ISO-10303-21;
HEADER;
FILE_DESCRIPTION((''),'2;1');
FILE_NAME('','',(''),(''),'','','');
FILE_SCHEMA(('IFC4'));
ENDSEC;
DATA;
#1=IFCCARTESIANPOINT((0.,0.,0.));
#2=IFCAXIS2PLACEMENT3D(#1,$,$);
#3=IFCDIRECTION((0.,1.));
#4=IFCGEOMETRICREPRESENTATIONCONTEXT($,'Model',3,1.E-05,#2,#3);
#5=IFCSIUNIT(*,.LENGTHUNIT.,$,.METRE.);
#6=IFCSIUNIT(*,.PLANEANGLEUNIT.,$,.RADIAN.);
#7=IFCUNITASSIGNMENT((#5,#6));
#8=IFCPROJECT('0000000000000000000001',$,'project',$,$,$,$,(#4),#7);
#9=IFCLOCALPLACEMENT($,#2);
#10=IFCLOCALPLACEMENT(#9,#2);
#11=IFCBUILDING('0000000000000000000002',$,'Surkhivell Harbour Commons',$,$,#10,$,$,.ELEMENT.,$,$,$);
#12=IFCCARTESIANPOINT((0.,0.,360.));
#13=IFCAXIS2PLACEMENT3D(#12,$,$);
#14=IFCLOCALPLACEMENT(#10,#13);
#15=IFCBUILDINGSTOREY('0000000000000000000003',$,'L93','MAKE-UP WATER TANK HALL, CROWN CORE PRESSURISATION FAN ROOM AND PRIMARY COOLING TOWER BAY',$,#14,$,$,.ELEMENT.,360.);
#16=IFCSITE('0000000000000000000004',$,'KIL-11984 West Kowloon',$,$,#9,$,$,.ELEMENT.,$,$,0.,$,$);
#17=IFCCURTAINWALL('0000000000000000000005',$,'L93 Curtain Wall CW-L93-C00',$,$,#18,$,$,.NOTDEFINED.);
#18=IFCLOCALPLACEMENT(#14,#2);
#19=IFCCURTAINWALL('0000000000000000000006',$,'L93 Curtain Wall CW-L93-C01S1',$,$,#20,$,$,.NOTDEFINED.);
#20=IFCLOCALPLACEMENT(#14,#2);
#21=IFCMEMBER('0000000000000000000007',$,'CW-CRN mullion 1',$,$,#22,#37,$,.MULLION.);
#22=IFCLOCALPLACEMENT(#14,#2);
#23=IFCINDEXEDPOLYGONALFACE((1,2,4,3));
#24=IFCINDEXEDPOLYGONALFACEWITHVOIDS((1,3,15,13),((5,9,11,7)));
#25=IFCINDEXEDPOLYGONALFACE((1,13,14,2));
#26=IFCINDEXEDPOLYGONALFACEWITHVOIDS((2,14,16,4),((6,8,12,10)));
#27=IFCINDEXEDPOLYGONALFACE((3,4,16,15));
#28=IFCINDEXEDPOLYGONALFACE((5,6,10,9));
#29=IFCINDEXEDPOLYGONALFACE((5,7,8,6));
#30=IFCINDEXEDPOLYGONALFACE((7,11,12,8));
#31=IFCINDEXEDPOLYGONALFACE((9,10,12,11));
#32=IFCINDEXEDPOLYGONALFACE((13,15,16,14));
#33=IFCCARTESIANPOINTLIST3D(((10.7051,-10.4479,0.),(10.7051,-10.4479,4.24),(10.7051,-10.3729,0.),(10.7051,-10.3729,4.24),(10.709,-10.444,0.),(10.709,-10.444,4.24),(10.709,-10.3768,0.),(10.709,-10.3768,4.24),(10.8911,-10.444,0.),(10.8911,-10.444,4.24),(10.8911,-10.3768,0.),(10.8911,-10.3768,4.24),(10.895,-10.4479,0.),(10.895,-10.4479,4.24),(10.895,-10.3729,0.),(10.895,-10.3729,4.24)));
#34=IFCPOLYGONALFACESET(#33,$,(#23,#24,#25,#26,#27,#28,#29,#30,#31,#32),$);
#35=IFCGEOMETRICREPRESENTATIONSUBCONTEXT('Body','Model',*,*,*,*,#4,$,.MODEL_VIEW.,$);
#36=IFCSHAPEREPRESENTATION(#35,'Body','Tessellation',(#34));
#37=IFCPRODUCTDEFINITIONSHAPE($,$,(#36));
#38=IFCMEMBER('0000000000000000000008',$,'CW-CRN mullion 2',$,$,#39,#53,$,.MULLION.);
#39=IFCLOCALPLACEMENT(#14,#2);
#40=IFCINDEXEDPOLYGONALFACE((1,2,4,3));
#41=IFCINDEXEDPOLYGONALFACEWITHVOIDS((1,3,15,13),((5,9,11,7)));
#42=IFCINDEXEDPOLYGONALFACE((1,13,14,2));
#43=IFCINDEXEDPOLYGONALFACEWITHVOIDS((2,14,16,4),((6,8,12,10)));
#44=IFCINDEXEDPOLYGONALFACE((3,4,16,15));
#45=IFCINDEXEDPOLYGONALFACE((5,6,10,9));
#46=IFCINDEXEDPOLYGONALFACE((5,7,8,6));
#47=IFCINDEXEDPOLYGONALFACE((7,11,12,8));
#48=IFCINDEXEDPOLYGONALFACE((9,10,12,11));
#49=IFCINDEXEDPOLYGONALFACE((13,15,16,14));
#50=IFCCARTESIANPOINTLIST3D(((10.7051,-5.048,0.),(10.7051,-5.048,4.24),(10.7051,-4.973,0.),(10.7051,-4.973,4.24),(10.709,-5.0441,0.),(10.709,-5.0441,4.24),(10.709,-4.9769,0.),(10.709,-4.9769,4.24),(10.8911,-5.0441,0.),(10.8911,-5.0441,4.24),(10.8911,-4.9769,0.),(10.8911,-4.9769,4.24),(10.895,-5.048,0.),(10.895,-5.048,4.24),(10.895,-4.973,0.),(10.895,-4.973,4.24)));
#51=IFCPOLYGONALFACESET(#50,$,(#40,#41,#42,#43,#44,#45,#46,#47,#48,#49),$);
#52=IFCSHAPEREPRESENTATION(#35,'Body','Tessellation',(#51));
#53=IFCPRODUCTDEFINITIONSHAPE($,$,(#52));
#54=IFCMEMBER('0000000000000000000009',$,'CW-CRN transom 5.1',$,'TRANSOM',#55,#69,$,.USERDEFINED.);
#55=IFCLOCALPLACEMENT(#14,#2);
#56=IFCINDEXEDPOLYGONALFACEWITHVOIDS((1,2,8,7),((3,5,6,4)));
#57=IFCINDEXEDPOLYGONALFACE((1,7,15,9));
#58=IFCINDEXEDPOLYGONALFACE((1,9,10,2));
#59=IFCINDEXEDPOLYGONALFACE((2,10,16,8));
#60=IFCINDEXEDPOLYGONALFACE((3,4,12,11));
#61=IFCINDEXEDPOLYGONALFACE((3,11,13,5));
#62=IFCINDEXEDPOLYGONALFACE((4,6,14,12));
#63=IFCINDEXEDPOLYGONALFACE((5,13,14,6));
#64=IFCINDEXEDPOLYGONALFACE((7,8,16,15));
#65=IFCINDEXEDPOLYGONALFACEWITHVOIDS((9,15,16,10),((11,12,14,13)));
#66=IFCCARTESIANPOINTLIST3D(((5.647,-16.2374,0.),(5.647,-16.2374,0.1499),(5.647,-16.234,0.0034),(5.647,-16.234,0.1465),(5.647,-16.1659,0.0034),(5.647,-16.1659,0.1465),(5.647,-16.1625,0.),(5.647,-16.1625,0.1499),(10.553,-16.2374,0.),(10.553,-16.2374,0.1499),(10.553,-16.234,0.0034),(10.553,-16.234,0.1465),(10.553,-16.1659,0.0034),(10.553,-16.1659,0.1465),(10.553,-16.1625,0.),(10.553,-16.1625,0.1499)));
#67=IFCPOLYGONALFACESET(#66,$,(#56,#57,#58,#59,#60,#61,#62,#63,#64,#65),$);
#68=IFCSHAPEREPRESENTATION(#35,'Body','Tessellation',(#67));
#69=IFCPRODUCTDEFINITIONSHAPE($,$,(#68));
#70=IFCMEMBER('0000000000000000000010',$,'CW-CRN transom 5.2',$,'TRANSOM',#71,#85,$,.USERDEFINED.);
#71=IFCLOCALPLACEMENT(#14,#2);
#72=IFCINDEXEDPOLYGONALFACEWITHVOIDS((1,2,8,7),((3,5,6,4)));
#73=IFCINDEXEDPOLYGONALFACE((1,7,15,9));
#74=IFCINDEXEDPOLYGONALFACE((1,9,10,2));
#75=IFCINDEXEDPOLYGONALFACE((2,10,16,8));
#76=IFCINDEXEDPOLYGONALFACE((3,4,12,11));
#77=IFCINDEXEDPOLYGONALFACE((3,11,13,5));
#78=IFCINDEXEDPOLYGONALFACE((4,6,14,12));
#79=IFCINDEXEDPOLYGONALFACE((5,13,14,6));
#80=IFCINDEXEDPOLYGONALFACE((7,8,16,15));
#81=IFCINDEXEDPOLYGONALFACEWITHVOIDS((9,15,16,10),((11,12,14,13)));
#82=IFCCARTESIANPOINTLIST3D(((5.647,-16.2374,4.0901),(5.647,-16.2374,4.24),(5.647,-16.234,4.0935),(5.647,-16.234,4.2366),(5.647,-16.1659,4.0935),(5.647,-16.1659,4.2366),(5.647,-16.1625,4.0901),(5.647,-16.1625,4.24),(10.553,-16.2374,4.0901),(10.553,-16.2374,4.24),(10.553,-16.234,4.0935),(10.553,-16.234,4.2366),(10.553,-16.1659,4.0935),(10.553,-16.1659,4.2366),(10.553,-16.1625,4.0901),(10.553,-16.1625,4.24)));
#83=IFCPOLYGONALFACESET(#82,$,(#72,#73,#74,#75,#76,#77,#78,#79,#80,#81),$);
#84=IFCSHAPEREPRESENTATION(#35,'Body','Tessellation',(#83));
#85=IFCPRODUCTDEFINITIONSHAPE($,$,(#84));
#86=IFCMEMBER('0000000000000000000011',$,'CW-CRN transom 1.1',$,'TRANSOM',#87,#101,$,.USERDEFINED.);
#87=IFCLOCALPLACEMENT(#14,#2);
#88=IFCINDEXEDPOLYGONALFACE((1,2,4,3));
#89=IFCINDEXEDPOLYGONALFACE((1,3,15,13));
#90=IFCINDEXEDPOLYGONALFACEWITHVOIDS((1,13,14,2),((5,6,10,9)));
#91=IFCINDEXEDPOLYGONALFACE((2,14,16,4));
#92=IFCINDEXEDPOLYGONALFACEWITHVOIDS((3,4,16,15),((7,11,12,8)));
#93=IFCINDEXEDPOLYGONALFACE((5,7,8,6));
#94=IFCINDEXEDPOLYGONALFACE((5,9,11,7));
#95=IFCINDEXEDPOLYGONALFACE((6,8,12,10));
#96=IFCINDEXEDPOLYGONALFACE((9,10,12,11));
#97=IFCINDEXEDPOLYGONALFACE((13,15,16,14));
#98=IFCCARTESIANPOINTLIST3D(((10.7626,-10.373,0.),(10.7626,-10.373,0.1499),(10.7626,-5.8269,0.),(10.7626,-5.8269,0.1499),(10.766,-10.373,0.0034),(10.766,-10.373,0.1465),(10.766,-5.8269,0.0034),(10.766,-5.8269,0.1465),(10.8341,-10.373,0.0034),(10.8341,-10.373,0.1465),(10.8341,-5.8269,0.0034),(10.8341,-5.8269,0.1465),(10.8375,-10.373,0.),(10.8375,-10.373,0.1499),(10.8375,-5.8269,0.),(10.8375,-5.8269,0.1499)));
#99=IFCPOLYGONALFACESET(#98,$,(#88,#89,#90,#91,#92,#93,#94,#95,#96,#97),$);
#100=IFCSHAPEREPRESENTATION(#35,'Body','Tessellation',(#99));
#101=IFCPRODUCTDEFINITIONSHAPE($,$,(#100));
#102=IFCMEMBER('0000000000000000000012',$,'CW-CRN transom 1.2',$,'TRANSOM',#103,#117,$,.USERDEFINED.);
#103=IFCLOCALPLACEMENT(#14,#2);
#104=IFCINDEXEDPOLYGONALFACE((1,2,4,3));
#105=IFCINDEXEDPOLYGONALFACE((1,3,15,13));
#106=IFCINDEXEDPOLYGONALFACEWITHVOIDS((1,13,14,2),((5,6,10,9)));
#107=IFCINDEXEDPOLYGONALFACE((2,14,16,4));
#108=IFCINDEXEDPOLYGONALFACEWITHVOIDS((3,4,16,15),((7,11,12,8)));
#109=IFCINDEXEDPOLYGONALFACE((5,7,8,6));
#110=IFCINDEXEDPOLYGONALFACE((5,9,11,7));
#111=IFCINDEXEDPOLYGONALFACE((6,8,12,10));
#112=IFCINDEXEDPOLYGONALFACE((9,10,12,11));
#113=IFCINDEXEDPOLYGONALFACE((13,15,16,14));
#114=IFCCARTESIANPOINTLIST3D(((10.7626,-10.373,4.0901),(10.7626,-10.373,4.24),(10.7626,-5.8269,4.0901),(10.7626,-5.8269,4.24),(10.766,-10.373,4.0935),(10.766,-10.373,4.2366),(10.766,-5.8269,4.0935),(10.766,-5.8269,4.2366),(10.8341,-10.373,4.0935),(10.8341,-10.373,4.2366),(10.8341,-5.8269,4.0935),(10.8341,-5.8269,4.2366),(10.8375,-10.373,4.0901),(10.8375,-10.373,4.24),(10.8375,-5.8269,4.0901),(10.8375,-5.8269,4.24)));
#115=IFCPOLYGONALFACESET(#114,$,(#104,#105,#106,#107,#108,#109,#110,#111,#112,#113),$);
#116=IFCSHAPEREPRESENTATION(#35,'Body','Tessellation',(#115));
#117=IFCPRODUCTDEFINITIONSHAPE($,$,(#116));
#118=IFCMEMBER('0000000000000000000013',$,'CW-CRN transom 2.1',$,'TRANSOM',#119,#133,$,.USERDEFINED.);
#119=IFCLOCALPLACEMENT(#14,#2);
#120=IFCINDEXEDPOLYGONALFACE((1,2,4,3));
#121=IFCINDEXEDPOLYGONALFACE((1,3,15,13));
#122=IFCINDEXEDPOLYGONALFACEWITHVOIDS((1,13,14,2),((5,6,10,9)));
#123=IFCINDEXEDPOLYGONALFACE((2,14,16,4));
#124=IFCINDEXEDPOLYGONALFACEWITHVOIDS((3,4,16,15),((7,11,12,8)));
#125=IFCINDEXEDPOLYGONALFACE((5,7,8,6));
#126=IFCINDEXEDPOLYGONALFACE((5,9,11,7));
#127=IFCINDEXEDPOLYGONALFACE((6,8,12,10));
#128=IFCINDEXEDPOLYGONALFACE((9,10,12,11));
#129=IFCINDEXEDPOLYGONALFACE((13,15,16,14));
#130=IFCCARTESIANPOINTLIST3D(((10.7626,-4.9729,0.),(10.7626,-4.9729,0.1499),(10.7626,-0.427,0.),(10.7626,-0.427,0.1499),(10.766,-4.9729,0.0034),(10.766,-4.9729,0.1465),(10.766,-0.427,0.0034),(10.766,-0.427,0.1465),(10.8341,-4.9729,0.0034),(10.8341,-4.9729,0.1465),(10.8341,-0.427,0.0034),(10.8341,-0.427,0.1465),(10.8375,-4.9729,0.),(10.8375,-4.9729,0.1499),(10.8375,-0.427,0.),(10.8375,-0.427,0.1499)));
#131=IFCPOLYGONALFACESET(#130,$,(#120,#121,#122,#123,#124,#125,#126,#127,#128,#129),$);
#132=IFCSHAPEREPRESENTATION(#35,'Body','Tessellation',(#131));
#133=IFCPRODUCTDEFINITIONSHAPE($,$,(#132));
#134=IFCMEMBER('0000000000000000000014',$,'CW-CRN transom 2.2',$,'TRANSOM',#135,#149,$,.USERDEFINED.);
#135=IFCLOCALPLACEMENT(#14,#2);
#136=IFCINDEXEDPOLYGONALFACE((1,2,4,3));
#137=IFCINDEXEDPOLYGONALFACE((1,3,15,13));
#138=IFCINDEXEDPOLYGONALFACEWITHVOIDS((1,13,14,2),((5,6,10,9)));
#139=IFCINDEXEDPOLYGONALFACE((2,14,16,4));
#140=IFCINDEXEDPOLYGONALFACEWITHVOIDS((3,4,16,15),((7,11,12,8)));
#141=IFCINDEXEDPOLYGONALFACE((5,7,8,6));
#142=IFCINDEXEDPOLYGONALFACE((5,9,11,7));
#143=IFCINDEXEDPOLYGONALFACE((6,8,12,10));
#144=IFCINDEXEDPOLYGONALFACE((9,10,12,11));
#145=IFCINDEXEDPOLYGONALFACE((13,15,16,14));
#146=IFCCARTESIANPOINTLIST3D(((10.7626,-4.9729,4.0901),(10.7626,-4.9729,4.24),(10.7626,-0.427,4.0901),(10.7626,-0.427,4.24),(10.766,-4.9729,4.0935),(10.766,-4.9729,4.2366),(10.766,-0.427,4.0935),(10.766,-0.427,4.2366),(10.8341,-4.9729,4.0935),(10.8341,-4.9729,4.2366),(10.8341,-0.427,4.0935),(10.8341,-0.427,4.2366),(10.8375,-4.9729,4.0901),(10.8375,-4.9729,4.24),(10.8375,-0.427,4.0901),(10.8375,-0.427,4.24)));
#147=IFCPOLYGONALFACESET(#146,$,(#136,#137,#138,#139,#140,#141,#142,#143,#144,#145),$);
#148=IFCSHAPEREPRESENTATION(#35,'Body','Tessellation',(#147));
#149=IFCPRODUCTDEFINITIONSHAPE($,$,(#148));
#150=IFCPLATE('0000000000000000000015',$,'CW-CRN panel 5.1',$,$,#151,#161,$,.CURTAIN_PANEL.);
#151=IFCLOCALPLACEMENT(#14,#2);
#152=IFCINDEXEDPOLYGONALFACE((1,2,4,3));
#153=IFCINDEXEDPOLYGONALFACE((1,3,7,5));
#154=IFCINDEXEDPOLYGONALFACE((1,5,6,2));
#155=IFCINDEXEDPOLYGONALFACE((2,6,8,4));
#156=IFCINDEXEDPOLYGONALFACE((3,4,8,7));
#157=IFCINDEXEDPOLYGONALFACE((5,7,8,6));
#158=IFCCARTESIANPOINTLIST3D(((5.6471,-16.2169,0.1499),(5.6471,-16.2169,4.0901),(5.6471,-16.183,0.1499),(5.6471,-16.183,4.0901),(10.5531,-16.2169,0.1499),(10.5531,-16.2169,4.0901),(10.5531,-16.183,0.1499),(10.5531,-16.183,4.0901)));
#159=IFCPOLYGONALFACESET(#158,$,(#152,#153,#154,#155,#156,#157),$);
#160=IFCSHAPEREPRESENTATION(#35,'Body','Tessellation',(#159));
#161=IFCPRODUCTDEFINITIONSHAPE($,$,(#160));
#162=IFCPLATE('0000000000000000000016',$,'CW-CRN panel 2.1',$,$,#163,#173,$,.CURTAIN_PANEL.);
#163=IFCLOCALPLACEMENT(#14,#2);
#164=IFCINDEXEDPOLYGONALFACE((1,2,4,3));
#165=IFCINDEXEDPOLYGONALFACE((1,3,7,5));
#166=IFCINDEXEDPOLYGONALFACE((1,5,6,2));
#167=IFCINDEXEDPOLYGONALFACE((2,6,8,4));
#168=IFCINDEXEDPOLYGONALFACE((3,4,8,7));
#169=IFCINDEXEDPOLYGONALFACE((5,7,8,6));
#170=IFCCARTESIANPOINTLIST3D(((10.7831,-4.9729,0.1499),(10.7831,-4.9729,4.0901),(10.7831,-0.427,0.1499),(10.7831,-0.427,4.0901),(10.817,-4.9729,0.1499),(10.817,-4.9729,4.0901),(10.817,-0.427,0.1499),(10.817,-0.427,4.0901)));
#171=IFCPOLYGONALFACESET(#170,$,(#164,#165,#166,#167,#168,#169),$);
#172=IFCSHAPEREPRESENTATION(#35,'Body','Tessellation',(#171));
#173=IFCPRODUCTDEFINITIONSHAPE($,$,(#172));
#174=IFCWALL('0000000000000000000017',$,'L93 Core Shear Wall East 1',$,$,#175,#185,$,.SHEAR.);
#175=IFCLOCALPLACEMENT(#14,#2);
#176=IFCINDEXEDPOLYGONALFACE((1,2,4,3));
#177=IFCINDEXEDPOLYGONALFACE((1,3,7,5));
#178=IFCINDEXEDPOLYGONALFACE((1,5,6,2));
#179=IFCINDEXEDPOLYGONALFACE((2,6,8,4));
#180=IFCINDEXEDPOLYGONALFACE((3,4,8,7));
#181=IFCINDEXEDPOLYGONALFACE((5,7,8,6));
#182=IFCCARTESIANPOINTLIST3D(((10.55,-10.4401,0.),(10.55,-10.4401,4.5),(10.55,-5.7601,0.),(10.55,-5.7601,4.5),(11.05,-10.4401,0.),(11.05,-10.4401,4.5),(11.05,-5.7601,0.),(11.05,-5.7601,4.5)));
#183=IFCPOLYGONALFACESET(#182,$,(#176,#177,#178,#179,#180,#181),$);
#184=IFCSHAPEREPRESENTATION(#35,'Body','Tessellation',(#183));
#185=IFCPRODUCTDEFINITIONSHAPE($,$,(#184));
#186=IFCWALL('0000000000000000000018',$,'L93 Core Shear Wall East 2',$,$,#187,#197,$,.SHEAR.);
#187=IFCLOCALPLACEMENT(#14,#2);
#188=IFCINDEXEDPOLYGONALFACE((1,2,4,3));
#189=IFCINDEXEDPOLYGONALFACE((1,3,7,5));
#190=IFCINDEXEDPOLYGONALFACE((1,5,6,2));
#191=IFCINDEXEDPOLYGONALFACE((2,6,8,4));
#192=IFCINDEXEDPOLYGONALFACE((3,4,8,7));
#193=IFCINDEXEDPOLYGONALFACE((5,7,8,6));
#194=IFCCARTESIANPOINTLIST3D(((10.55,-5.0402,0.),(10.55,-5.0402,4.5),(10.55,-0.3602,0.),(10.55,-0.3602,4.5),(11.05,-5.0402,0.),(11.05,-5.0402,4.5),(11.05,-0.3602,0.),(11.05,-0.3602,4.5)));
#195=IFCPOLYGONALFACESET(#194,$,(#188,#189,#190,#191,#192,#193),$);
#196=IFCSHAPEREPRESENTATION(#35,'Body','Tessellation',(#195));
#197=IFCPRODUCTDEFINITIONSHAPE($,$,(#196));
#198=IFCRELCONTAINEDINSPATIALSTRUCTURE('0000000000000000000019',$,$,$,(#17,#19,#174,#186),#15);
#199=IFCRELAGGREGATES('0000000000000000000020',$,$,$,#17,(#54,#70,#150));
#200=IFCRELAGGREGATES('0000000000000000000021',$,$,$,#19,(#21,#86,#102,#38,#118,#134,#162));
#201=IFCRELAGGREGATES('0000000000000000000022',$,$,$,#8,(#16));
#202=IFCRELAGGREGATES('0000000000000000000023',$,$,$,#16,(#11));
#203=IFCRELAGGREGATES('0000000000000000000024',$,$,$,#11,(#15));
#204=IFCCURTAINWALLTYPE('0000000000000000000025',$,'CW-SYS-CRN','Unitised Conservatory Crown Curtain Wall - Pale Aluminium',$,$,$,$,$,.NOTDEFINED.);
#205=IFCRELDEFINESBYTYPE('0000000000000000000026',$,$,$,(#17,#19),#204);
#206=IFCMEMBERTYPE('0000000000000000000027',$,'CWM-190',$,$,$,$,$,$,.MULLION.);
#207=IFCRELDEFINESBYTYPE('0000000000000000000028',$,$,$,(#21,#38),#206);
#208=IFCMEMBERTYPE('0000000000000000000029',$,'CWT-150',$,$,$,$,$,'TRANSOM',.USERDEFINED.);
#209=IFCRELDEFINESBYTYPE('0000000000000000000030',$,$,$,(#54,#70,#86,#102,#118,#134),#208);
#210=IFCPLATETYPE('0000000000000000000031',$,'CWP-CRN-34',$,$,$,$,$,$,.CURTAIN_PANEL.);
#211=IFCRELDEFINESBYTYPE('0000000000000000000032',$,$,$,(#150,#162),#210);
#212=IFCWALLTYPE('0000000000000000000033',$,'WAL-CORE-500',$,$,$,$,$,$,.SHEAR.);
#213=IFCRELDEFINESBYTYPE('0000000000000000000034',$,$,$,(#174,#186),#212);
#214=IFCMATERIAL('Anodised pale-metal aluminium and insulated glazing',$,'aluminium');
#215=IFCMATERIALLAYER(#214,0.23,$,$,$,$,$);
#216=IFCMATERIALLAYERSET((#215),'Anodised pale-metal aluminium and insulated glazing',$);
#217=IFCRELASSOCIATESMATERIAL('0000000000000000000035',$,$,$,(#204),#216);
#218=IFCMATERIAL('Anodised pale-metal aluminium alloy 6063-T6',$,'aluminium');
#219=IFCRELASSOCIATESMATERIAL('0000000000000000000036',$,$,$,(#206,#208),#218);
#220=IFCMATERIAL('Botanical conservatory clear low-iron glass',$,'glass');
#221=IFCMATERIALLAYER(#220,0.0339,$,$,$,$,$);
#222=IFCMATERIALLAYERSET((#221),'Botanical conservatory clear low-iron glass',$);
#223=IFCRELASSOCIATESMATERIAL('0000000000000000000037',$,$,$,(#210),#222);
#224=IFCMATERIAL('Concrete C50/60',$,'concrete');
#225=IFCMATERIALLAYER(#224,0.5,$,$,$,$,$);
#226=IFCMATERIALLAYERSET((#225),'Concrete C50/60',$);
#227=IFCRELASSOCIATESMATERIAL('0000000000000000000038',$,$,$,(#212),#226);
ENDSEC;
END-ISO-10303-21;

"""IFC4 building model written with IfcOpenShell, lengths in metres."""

from ifc_helpers import new_model, si_unit, direction, frame, frame_2d, origin, origin_2d, place, context, subcontext, project, spatial, rectangle, hollow_rectangle, extrude, material, layer, layer_set, material_profile, profile_set, type_object, element, aggregate, save


model = new_model("IFC4")

# Units and contexts
model_context = context("Model", 3, precision=1e-05, world=origin(), true_north=direction((0.0, 1.0)))
body_context = subcontext(model_context, "Body", "Model", "MODEL_VIEW")
ifc_project = project(units=[si_unit("LENGTHUNIT", "METRE"), si_unit("PLANEANGLEUNIT", "RADIAN")], contexts=[model_context])

# Site, building, storey
site_placement = place(None, origin())
site = spatial("IfcSite", under=ifc_project, at=site_placement, Name="KIL-11984 West Kowloon", CompositionType="ELEMENT", RefElevation=0.0)
building_placement = place(site_placement, origin())
building = spatial("IfcBuilding", under=site, at=building_placement, Name="Surkhivell Harbour Commons", CompositionType="ELEMENT")
storey_placement = place(building_placement, frame((0.0, 0.0, 360.0)))
storey = spatial("IfcBuildingStorey", under=building, at=storey_placement, Name="L93", Description="MAKE-UP WATER TANK HALL, CROWN CORE PRESSURISATION FAN ROOM AND PRIMARY COOLING TOWER BAY", CompositionType="ELEMENT", Elevation=360.0)

# Shared definitions
ifc_material_1 = material(Name="Concrete C50/60", Category="concrete")

# Curtain walls, members
ifc_material_2 = material(Name="Anodised pale-metal aluminium and insulated glazing", Category="aluminium")
ifc_layer_1 = layer(ifc_material_2, 0.23)
ifc_layer_set_1 = layer_set([ifc_layer_1], Name="Anodised pale-metal aluminium and insulated glazing")
curtain_wall_type = type_object("IfcCurtainWallType", Name="CW-SYS-CRN", Description="Unitised Conservatory Crown Curtain Wall - Pale Aluminium", PredefinedType="NOTDEFINED", material=ifc_layer_set_1)
curtain_wall_1_placement = place(storey_placement, origin())
curtain_wall_1 = element("IfcCurtainWall", 1, at=curtain_wall_1_placement, inside=storey, type_object=curtain_wall_type, Name="L93 Curtain Wall CW-L93-C00", PredefinedType="NOTDEFINED")
ifc_material_3 = material(Name="Anodised pale-metal aluminium alloy 6063-T6", Category="aluminium")
ifc_material_profile_1 = material_profile(ifc_material_3, hollow_rectangle(XDim=0.075, YDim=0.1899, WallThickness=0.0039, at=origin_2d()), Name="ALU-MULL-75x190")
ifc_profile_set_1 = profile_set([ifc_material_profile_1], Name="Anodised pale-metal aluminium alloy 6063-T6")
member_type_1 = type_object("IfcMemberType", Name="CWM-190", PredefinedType="MULLION", material=ifc_profile_set_1)
curtain_wall_2_placement = place(storey_placement, origin())
curtain_wall_2 = element("IfcCurtainWall", 2, at=curtain_wall_2_placement, inside=storey, type_object=curtain_wall_type, Name="L93 Curtain Wall CW-L93-C01S1", PredefinedType="NOTDEFINED")
member_1_placement = place(storey_placement, frame((10.8, -10.4104, 0.0), z_axis=(0.0, 0.0, 1.0), x_axis=(0.0, 1.0, 0.0)))
member_1 = element("IfcMember", 3, at=member_1_placement, type_object=member_type_1, Name="CW-CRN mullion 1", PredefinedType="MULLION", context=body_context, shape_type="SweptSolid", body=[
    extrude(hollow_rectangle(XDim=0.075, YDim=0.1899, WallThickness=0.0039, at=origin_2d()), origin(), (0.0, 0.0, 1.0), 4.24),
])
member_2_placement = place(storey_placement, frame((10.8, -5.0105, 0.0), z_axis=(0.0, 0.0, 1.0), x_axis=(0.0, 1.0, 0.0)))
member_2 = element("IfcMember", 4, at=member_2_placement, type_object=member_type_1, Name="CW-CRN mullion 2", PredefinedType="MULLION", context=body_context, shape_type="SweptSolid", body=[
    extrude(hollow_rectangle(XDim=0.075, YDim=0.1899, WallThickness=0.0039, at=origin_2d()), origin(), (0.0, 0.0, 1.0), 4.24),
])

# Members
ifc_material_profile_2 = material_profile(ifc_material_3, hollow_rectangle(XDim=0.075, YDim=0.1499, WallThickness=0.0034, at=origin_2d()), Name="ALU-TRAN-75x150")
ifc_profile_set_2 = profile_set([ifc_material_profile_2], Name="Anodised pale-metal aluminium alloy 6063-T6")
member_type_2 = type_object("IfcMemberType", Name="CWT-150", ElementType="TRANSOM", PredefinedType="USERDEFINED", material=ifc_profile_set_2)
member_3_placement = place(storey_placement, frame((5.647, -16.2, 0.075), z_axis=(1.0, 0.0, 0.0), x_axis=(0.0, 1.0, 0.0)))
member_3 = element("IfcMember", 5, at=member_3_placement, type_object=member_type_2, Name="CW-CRN transom 5.1", ObjectType="TRANSOM", PredefinedType="USERDEFINED", context=body_context, shape_type="SweptSolid", body=[
    extrude(hollow_rectangle(XDim=0.075, YDim=0.1499, WallThickness=0.0034, at=origin_2d()), origin(), (0.0, 0.0, 1.0), 4.906),
])
member_4_placement = place(storey_placement, frame((5.647, -16.2, 4.165), z_axis=(1.0, 0.0, 0.0), x_axis=(0.0, 1.0, 0.0)))
member_4 = element("IfcMember", 6, at=member_4_placement, type_object=member_type_2, Name="CW-CRN transom 5.2", ObjectType="TRANSOM", PredefinedType="USERDEFINED", context=body_context, shape_type="SweptSolid", body=[
    extrude(hollow_rectangle(XDim=0.075, YDim=0.1499, WallThickness=0.0034, at=origin_2d()), origin(), (0.0, 0.0, 1.0), 4.906),
])
member_5_placement = place(storey_placement, frame((10.8, -10.373, 0.075), z_axis=(0.0, 1.0, 0.0), x_axis=(-1.0, 0.0, 0.0)))
member_5 = element("IfcMember", 7, at=member_5_placement, type_object=member_type_2, Name="CW-CRN transom 1.1", ObjectType="TRANSOM", PredefinedType="USERDEFINED", context=body_context, shape_type="SweptSolid", body=[
    extrude(hollow_rectangle(XDim=0.075, YDim=0.1499, WallThickness=0.0034, at=origin_2d()), origin(), (0.0, 0.0, 1.0), 4.5461),
])
member_6_placement = place(storey_placement, frame((10.8, -10.373, 4.165), z_axis=(0.0, 1.0, 0.0), x_axis=(-1.0, 0.0, 0.0)))
member_6 = element("IfcMember", 8, at=member_6_placement, type_object=member_type_2, Name="CW-CRN transom 1.2", ObjectType="TRANSOM", PredefinedType="USERDEFINED", context=body_context, shape_type="SweptSolid", body=[
    extrude(hollow_rectangle(XDim=0.075, YDim=0.1499, WallThickness=0.0034, at=origin_2d()), origin(), (0.0, 0.0, 1.0), 4.5461),
])
member_7_placement = place(storey_placement, frame((10.8, -4.9729, 0.075), z_axis=(0.0, 1.0, 0.0), x_axis=(-1.0, 0.0, 0.0)))
member_7 = element("IfcMember", 9, at=member_7_placement, type_object=member_type_2, Name="CW-CRN transom 2.1", ObjectType="TRANSOM", PredefinedType="USERDEFINED", context=body_context, shape_type="SweptSolid", body=[
    extrude(hollow_rectangle(XDim=0.075, YDim=0.1499, WallThickness=0.0034, at=origin_2d()), origin(), (0.0, 0.0, 1.0), 4.5459),
])
member_8_placement = place(storey_placement, frame((10.8, -4.9729, 4.165), z_axis=(0.0, 1.0, 0.0), x_axis=(-1.0, 0.0, 0.0)))
member_8 = element("IfcMember", 10, at=member_8_placement, type_object=member_type_2, Name="CW-CRN transom 2.2", ObjectType="TRANSOM", PredefinedType="USERDEFINED", context=body_context, shape_type="SweptSolid", body=[
    extrude(hollow_rectangle(XDim=0.075, YDim=0.1499, WallThickness=0.0034, at=origin_2d()), origin(), (0.0, 0.0, 1.0), 4.5459),
])

# Plates
ifc_material_4 = material(Name="Botanical conservatory clear low-iron glass", Category="glass")
ifc_layer_2 = layer(ifc_material_4, 0.0339)
ifc_layer_set_2 = layer_set([ifc_layer_2], Name="Botanical conservatory clear low-iron glass")
plate_type = type_object("IfcPlateType", Name="CWP-CRN-34", PredefinedType="CURTAIN_PANEL", material=ifc_layer_set_2)
plate_1_placement = place(storey_placement, frame((5.647, -16.2, 0.1499), z_axis=(0.0, 0.0, 1.0), x_axis=(1.0, 0.0, 0.0)))
plate_1 = element("IfcPlate", 11, at=plate_1_placement, type_object=plate_type, Name="CW-CRN panel 5.1", PredefinedType="CURTAIN_PANEL", context=body_context, shape_type="SweptSolid", body=[
    extrude(rectangle(XDim=4.906, YDim=0.0339, at=frame_2d((2.4531, 0.0))), origin(), (0.0, 0.0, 1.0), 3.9402),
])
aggregate(curtain_wall_1, [member_3, member_4, plate_1])
plate_2_placement = place(storey_placement, frame((10.8, -4.9729, 0.1499), z_axis=(0.0, 0.0, 1.0), x_axis=(0.0, 1.0, 0.0)))
plate_2 = element("IfcPlate", 12, at=plate_2_placement, type_object=plate_type, Name="CW-CRN panel 2.1", PredefinedType="CURTAIN_PANEL", context=body_context, shape_type="SweptSolid", body=[
    extrude(rectangle(XDim=4.5459, YDim=0.0339, at=frame_2d((2.2729, 0.0))), origin(), (0.0, 0.0, 1.0), 3.9402),
])
aggregate(curtain_wall_2, [member_1, member_5, member_6, member_2, member_7, member_8, plate_2])

# Walls
ifc_layer_3 = layer(ifc_material_1, 0.5)
ifc_layer_set_3 = layer_set([ifc_layer_3], Name="Concrete C50/60")
wall_type_1 = type_object("IfcWallType", Name="WAL-CORE-500", PredefinedType="SHEAR", material=ifc_layer_set_3)
for number, where, z_axis, x_axis, name in (
    (13, (10.8, -10.4399, 0.0), (0.0, 0.0, 1.0), (0.0, 1.0, 0.0), "L93 Core Shear Wall East 1"),
    (14, (10.8, -5.04, 0.0), (0.0, 0.0, 1.0), (0.0, 1.0, 0.0), "L93 Core Shear Wall East 2"),
):
    element("IfcWall", number, at=place(storey_placement, frame(where, z_axis=z_axis, x_axis=x_axis)), inside=storey, type_object=wall_type_1, Name=name, PredefinedType="SHEAR", context=body_context, shape_type="SweptSolid", body=[
        extrude(rectangle(XDim=4.6799, YDim=0.5, at=frame_2d((2.3398, 0.0))), origin(), (0.0, 0.0, 1.0), 4.5),
    ])

save(model, "model.ifc")
